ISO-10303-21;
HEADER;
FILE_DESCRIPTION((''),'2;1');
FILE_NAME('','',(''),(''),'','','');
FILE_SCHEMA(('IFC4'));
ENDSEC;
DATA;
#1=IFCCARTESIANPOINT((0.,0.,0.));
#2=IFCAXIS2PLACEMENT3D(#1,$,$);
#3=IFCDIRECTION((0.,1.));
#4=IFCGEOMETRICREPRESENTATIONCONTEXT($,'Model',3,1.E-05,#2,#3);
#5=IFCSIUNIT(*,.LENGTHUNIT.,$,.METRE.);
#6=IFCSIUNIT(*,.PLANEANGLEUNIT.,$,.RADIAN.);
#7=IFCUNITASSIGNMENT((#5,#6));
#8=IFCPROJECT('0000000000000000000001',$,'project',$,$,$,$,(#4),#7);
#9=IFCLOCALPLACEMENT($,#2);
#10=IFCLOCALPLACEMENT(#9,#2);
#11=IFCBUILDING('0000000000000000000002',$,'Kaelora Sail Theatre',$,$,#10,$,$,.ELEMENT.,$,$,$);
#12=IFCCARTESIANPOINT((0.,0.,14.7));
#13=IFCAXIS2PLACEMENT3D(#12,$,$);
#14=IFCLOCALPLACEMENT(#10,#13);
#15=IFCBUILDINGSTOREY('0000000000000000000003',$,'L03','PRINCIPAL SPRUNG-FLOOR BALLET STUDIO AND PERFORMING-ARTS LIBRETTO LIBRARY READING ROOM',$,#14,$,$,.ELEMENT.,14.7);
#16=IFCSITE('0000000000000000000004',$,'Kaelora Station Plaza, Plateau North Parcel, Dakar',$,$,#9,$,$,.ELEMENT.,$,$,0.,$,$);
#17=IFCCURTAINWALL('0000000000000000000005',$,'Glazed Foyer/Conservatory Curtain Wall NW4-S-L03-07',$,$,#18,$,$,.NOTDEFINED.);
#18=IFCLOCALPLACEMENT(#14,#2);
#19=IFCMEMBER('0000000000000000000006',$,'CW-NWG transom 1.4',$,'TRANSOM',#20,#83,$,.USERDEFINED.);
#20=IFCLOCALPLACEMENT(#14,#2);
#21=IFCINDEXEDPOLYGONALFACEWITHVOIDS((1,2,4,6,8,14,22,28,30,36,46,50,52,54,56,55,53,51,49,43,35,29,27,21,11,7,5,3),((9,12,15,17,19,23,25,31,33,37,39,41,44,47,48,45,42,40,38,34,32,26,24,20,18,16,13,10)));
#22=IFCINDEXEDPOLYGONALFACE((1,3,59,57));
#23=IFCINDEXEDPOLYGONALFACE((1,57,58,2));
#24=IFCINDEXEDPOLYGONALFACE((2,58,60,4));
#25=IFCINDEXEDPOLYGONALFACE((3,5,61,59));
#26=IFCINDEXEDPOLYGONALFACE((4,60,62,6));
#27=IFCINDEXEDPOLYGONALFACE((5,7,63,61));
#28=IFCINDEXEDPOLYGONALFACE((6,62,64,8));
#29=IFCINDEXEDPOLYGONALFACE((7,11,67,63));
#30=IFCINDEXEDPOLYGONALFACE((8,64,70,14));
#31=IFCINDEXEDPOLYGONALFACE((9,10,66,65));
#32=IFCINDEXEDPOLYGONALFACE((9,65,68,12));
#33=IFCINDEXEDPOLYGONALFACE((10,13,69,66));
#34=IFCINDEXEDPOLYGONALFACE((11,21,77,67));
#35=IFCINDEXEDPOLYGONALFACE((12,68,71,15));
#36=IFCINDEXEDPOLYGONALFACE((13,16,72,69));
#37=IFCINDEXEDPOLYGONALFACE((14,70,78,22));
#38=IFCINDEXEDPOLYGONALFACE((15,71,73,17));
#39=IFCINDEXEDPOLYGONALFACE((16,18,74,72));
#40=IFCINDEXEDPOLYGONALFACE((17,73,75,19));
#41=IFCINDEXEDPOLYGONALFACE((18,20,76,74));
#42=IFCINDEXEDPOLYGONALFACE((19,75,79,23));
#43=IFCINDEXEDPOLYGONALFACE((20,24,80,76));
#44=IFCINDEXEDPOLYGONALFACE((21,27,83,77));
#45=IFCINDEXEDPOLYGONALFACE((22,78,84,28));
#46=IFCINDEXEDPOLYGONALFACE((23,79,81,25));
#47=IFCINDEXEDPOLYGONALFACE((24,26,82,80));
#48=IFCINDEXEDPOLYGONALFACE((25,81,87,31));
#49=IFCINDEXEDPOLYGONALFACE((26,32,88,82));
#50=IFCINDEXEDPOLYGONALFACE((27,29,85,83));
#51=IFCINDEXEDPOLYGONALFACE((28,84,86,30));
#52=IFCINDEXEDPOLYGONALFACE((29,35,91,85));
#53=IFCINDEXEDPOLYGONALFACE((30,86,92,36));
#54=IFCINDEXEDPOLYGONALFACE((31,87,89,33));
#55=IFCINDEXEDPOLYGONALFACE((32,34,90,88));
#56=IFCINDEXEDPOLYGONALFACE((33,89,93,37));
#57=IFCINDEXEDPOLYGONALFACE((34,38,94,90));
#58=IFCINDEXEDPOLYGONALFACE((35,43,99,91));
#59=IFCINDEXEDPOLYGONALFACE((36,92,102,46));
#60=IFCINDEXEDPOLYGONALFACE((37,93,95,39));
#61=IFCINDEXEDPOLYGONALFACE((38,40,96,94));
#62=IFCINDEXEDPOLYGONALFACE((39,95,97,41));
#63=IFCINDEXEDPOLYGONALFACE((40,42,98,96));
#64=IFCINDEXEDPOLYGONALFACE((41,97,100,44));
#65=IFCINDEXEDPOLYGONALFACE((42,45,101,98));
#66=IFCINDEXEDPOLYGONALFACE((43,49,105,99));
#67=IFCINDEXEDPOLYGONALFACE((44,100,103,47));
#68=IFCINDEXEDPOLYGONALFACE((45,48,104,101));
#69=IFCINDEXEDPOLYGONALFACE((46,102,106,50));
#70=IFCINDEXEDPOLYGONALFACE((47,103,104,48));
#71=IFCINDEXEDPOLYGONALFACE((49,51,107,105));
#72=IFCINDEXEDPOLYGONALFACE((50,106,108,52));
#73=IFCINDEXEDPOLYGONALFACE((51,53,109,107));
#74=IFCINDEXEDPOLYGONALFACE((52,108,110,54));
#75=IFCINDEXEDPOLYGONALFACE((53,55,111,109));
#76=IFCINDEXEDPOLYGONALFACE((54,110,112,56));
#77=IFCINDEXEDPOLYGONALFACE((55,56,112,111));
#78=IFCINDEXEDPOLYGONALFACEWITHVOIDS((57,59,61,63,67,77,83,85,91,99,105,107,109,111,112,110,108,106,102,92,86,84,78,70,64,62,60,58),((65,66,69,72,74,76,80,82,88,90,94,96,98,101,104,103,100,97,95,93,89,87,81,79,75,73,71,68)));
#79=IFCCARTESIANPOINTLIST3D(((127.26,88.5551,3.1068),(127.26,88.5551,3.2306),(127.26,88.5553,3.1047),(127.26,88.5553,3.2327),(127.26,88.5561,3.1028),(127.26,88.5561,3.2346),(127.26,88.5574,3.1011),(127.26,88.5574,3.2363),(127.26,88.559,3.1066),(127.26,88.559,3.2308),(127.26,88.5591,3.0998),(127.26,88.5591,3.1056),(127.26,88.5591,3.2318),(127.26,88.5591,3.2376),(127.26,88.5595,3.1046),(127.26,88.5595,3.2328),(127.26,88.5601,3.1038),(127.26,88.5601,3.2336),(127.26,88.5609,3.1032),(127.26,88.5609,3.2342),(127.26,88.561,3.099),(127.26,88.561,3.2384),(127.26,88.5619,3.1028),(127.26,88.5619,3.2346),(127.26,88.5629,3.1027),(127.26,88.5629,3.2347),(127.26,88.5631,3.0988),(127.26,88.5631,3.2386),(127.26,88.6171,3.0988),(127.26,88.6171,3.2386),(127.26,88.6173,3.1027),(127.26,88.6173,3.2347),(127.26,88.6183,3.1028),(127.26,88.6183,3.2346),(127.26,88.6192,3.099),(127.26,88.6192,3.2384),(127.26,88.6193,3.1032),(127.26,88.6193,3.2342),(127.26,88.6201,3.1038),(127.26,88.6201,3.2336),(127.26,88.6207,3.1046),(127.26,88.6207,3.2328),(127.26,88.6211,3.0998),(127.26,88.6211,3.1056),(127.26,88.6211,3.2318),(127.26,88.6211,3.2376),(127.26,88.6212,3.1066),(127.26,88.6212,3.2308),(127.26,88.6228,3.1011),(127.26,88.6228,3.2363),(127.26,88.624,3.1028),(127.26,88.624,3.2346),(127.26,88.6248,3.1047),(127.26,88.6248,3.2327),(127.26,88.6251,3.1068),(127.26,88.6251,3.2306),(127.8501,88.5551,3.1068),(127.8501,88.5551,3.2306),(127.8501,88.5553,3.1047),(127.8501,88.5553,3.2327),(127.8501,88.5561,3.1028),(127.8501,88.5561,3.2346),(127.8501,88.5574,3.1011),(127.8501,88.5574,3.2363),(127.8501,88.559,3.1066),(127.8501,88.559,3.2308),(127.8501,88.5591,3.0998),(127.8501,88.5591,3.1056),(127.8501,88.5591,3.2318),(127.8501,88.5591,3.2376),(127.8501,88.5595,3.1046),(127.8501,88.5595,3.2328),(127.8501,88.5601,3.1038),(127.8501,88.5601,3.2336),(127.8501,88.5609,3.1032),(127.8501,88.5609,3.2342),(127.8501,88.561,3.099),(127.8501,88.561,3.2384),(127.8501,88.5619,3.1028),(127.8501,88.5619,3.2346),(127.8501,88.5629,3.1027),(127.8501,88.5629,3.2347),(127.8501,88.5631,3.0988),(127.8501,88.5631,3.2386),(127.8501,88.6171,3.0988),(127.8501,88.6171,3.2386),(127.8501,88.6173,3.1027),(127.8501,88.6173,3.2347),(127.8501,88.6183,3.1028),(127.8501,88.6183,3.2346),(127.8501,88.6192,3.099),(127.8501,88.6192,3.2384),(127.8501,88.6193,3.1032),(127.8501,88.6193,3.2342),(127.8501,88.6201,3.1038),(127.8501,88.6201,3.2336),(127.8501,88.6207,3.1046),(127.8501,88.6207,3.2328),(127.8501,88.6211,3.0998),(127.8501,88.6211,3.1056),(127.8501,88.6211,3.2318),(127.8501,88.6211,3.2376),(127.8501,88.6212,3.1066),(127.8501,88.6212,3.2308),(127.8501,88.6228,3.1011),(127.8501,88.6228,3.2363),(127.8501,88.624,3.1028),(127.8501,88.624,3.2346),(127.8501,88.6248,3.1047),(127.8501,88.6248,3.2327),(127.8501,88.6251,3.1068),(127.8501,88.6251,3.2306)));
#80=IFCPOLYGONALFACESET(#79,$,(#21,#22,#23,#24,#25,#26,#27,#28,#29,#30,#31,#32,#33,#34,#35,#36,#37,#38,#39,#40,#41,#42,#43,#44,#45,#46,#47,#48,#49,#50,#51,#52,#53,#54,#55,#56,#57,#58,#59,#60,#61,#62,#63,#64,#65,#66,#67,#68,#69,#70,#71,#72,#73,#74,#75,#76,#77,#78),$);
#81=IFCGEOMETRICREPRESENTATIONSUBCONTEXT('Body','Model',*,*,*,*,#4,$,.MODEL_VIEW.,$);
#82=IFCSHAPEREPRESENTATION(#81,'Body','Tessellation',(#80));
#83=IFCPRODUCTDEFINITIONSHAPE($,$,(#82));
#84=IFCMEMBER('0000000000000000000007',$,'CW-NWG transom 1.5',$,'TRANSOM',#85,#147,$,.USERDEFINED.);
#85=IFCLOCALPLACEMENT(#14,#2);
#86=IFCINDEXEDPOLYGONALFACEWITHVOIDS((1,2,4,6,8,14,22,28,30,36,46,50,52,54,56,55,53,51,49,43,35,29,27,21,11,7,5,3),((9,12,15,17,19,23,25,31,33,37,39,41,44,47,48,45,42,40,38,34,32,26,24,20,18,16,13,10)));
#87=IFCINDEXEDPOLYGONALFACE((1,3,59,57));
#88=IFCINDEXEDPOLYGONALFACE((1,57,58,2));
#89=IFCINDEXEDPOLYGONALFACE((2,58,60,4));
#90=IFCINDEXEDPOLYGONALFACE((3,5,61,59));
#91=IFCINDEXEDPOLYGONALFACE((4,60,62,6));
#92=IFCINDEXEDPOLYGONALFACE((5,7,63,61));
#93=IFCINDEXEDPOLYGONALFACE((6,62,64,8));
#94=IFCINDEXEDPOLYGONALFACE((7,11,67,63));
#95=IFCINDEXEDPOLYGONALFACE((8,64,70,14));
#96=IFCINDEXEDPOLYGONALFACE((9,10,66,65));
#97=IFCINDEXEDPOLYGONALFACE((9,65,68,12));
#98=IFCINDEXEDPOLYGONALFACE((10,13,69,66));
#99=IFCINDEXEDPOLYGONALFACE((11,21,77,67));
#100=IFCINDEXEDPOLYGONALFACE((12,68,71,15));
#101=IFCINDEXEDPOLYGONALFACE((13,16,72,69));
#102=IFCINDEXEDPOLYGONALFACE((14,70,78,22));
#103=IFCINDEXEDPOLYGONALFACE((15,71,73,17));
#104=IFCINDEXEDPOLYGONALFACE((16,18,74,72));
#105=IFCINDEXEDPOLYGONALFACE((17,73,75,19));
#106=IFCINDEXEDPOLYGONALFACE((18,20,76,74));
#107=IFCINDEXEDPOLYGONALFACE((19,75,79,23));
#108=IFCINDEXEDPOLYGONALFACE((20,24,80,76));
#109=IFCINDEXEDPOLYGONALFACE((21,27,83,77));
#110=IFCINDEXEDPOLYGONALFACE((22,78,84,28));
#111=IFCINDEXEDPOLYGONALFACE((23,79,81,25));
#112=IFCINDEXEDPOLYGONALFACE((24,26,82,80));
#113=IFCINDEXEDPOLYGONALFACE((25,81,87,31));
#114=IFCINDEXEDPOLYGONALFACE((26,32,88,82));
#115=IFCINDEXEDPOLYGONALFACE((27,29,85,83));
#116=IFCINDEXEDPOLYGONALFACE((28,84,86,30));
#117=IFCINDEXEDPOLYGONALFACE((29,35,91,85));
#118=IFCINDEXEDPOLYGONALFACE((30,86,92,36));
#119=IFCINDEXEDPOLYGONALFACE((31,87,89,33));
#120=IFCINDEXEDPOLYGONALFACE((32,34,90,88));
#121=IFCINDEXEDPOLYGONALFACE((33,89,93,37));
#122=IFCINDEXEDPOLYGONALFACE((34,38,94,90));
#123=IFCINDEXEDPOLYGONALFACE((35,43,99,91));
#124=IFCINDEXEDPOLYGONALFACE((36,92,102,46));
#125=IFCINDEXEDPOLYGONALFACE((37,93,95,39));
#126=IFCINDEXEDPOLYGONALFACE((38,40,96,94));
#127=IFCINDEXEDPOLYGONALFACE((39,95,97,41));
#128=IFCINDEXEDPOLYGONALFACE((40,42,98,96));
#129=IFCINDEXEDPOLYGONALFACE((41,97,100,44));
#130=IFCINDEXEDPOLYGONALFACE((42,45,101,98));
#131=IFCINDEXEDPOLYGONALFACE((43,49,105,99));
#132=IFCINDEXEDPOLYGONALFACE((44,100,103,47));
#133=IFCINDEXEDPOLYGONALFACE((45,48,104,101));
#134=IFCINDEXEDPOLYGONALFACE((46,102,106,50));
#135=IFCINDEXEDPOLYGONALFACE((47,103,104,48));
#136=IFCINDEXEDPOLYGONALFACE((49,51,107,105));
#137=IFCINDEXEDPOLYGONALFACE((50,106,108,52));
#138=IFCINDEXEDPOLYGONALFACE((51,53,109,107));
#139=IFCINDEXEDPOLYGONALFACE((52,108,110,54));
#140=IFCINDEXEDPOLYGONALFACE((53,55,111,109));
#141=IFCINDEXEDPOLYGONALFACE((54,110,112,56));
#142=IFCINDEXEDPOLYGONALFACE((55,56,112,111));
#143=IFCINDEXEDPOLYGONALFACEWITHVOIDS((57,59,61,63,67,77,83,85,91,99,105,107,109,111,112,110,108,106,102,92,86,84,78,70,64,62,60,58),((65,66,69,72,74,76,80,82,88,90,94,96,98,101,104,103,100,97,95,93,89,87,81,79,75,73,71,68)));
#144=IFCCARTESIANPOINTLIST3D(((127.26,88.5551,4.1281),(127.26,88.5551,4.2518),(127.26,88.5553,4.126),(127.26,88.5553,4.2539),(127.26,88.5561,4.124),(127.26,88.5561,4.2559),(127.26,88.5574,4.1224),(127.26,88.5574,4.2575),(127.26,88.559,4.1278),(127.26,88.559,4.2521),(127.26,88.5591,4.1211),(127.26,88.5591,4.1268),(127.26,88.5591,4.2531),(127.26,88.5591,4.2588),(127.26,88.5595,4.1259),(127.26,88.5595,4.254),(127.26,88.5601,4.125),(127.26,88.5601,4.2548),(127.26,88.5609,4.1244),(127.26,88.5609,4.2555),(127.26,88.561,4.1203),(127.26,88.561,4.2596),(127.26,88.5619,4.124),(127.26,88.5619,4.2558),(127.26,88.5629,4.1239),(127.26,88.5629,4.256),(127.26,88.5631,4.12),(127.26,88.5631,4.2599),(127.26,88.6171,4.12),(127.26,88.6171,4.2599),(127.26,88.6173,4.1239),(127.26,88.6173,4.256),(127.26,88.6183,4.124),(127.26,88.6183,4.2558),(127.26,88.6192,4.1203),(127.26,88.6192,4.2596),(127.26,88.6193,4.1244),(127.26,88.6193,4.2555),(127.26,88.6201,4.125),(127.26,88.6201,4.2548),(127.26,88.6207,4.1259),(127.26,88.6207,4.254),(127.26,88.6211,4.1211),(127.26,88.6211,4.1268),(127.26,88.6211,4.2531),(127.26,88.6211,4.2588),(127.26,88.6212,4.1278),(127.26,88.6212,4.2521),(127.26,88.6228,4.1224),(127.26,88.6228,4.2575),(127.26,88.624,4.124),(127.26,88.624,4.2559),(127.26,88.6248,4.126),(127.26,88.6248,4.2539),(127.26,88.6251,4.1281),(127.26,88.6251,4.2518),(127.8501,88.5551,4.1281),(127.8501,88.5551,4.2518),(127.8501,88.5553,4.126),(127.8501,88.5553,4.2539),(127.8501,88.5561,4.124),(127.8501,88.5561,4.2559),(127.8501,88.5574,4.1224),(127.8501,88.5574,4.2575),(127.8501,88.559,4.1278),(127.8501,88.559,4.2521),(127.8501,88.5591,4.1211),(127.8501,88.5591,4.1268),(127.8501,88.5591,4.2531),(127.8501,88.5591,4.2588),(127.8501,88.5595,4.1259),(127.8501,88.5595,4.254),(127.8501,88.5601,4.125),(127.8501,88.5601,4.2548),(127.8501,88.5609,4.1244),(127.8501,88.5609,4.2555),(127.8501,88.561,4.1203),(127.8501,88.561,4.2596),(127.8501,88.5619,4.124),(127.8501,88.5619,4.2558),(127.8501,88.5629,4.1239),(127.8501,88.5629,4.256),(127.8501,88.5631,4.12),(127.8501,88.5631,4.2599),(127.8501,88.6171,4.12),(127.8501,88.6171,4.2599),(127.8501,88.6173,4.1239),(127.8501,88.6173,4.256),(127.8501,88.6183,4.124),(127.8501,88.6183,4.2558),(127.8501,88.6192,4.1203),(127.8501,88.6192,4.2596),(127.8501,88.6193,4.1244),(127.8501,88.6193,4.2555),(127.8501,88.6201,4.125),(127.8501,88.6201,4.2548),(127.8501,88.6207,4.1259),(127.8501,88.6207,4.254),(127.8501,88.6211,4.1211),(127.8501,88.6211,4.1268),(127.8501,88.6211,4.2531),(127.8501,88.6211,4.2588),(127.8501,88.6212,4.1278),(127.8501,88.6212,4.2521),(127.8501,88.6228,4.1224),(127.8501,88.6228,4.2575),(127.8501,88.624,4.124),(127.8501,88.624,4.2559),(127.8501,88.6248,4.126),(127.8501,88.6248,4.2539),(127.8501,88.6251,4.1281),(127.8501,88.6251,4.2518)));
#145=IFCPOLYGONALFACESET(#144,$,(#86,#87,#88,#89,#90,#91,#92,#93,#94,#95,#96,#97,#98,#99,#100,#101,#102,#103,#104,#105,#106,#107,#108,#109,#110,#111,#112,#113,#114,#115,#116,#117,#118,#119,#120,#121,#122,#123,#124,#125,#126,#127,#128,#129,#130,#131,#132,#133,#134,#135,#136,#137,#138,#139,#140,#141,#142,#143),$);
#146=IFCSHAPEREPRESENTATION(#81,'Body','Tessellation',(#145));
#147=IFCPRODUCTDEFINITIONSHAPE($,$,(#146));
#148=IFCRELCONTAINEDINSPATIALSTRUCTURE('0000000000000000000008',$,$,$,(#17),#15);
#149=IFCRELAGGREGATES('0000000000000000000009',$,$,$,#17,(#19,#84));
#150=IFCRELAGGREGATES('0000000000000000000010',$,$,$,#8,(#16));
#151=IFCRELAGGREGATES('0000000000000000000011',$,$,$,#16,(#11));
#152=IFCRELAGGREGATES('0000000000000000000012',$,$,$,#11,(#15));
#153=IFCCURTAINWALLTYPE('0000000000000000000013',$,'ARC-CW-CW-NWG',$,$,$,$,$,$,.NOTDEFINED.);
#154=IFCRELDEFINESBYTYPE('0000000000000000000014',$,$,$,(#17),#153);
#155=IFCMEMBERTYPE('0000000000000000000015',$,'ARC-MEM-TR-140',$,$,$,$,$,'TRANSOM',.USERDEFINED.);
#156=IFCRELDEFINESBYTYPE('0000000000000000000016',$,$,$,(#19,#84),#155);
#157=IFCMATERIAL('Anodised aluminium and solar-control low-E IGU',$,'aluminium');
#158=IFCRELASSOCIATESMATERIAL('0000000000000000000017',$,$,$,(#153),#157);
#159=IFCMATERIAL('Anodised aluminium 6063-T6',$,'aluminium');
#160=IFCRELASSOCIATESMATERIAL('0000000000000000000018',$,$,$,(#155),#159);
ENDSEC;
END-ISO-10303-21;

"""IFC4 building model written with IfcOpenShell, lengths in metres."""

from ifc_helpers import new_model, si_unit, direction, frame, origin, origin_2d, place, context, subcontext, project, spatial, hollow_rectangle, extrude, material, material_profile, profile_set, type_object, element, aggregate, save


model = new_model("IFC4")

# Units and contexts
model_context = context("Model", 3, precision=1e-05, world=origin(), true_north=direction((0.0, 1.0)))
body_context = subcontext(model_context, "Body", "Model", "MODEL_VIEW")
ifc_project = project(units=[si_unit("LENGTHUNIT", "METRE"), si_unit("PLANEANGLEUNIT", "RADIAN")], contexts=[model_context])

# Site, building, storey
site_placement = place(None, origin())
site = spatial("IfcSite", under=ifc_project, at=site_placement, Name="Kaelora Station Plaza, Plateau North Parcel, Dakar", CompositionType="ELEMENT", RefElevation=0.0)
building_placement = place(site_placement, origin())
building = spatial("IfcBuilding", under=site, at=building_placement, Name="Kaelora Sail Theatre", CompositionType="ELEMENT")
storey_placement = place(building_placement, frame((0.0, 0.0, 14.7)))
storey = spatial("IfcBuildingStorey", under=building, at=storey_placement, Name="L03", Description="PRINCIPAL SPRUNG-FLOOR BALLET STUDIO AND PERFORMING-ARTS LIBRETTO LIBRARY READING ROOM", CompositionType="ELEMENT", Elevation=14.7)

# Curtain wall, members
ifc_material_1 = material(Name="Anodised aluminium and solar-control low-E IGU", Category="aluminium")
curtain_wall_type = type_object("IfcCurtainWallType", Name="ARC-CW-CW-NWG", PredefinedType="NOTDEFINED", material=ifc_material_1)
ifc_material_2 = material(Name="Anodised aluminium 6063-T6", Category="aluminium")
ifc_material_profile = material_profile(ifc_material_2, hollow_rectangle(XDim=0.0701, YDim=0.1399, WallThickness=0.0039, InnerFilletRadius=0.0039, OuterFilletRadius=0.0081, at=origin_2d()), Name="ALU-TRAN 70x140x4")
ifc_profile_set = profile_set([ifc_material_profile], Name="Anodised aluminium 6063-T6")
member_type = type_object("IfcMemberType", Name="ARC-MEM-TR-140", ElementType="TRANSOM", PredefinedType="USERDEFINED", material=ifc_profile_set)
curtain_wall_1_placement = place(storey_placement, origin())
curtain_wall_1 = element("IfcCurtainWall", 1, at=curtain_wall_1_placement, inside=storey, type_object=curtain_wall_type, Name="Glazed Foyer/Conservatory Curtain Wall NW4-S-L03-07", PredefinedType="NOTDEFINED")
member_1_placement = place(storey_placement, frame((127.26, 88.5901, 3.1687), z_axis=(1.0, 0.0, 0.0), x_axis=(0.0, 1.0, 0.0)))
member_1 = element("IfcMember", 2, at=member_1_placement, type_object=member_type, Name="CW-NWG transom 1.4", ObjectType="TRANSOM", PredefinedType="USERDEFINED", context=body_context, shape_type="SweptSolid", body=[
    extrude(hollow_rectangle(XDim=0.0701, YDim=0.1399, WallThickness=0.0039, InnerFilletRadius=0.0039, OuterFilletRadius=0.0081, at=origin_2d()), origin(), (0.0, 0.0, 1.0), 0.5901),
])
member_2_placement = place(storey_placement, frame((127.26, 88.5901, 4.1899), z_axis=(1.0, 0.0, 0.0), x_axis=(0.0, 1.0, 0.0)))
member_2 = element("IfcMember", 3, at=member_2_placement, type_object=member_type, Name="CW-NWG transom 1.5", ObjectType="TRANSOM", PredefinedType="USERDEFINED", context=body_context, shape_type="SweptSolid", body=[
    extrude(hollow_rectangle(XDim=0.0701, YDim=0.1399, WallThickness=0.0039, InnerFilletRadius=0.0039, OuterFilletRadius=0.0081, at=origin_2d()), origin(), (0.0, 0.0, 1.0), 0.5901),
])

aggregate(curtain_wall_1, [member_1, member_2])

save(model, "model.ifc")
